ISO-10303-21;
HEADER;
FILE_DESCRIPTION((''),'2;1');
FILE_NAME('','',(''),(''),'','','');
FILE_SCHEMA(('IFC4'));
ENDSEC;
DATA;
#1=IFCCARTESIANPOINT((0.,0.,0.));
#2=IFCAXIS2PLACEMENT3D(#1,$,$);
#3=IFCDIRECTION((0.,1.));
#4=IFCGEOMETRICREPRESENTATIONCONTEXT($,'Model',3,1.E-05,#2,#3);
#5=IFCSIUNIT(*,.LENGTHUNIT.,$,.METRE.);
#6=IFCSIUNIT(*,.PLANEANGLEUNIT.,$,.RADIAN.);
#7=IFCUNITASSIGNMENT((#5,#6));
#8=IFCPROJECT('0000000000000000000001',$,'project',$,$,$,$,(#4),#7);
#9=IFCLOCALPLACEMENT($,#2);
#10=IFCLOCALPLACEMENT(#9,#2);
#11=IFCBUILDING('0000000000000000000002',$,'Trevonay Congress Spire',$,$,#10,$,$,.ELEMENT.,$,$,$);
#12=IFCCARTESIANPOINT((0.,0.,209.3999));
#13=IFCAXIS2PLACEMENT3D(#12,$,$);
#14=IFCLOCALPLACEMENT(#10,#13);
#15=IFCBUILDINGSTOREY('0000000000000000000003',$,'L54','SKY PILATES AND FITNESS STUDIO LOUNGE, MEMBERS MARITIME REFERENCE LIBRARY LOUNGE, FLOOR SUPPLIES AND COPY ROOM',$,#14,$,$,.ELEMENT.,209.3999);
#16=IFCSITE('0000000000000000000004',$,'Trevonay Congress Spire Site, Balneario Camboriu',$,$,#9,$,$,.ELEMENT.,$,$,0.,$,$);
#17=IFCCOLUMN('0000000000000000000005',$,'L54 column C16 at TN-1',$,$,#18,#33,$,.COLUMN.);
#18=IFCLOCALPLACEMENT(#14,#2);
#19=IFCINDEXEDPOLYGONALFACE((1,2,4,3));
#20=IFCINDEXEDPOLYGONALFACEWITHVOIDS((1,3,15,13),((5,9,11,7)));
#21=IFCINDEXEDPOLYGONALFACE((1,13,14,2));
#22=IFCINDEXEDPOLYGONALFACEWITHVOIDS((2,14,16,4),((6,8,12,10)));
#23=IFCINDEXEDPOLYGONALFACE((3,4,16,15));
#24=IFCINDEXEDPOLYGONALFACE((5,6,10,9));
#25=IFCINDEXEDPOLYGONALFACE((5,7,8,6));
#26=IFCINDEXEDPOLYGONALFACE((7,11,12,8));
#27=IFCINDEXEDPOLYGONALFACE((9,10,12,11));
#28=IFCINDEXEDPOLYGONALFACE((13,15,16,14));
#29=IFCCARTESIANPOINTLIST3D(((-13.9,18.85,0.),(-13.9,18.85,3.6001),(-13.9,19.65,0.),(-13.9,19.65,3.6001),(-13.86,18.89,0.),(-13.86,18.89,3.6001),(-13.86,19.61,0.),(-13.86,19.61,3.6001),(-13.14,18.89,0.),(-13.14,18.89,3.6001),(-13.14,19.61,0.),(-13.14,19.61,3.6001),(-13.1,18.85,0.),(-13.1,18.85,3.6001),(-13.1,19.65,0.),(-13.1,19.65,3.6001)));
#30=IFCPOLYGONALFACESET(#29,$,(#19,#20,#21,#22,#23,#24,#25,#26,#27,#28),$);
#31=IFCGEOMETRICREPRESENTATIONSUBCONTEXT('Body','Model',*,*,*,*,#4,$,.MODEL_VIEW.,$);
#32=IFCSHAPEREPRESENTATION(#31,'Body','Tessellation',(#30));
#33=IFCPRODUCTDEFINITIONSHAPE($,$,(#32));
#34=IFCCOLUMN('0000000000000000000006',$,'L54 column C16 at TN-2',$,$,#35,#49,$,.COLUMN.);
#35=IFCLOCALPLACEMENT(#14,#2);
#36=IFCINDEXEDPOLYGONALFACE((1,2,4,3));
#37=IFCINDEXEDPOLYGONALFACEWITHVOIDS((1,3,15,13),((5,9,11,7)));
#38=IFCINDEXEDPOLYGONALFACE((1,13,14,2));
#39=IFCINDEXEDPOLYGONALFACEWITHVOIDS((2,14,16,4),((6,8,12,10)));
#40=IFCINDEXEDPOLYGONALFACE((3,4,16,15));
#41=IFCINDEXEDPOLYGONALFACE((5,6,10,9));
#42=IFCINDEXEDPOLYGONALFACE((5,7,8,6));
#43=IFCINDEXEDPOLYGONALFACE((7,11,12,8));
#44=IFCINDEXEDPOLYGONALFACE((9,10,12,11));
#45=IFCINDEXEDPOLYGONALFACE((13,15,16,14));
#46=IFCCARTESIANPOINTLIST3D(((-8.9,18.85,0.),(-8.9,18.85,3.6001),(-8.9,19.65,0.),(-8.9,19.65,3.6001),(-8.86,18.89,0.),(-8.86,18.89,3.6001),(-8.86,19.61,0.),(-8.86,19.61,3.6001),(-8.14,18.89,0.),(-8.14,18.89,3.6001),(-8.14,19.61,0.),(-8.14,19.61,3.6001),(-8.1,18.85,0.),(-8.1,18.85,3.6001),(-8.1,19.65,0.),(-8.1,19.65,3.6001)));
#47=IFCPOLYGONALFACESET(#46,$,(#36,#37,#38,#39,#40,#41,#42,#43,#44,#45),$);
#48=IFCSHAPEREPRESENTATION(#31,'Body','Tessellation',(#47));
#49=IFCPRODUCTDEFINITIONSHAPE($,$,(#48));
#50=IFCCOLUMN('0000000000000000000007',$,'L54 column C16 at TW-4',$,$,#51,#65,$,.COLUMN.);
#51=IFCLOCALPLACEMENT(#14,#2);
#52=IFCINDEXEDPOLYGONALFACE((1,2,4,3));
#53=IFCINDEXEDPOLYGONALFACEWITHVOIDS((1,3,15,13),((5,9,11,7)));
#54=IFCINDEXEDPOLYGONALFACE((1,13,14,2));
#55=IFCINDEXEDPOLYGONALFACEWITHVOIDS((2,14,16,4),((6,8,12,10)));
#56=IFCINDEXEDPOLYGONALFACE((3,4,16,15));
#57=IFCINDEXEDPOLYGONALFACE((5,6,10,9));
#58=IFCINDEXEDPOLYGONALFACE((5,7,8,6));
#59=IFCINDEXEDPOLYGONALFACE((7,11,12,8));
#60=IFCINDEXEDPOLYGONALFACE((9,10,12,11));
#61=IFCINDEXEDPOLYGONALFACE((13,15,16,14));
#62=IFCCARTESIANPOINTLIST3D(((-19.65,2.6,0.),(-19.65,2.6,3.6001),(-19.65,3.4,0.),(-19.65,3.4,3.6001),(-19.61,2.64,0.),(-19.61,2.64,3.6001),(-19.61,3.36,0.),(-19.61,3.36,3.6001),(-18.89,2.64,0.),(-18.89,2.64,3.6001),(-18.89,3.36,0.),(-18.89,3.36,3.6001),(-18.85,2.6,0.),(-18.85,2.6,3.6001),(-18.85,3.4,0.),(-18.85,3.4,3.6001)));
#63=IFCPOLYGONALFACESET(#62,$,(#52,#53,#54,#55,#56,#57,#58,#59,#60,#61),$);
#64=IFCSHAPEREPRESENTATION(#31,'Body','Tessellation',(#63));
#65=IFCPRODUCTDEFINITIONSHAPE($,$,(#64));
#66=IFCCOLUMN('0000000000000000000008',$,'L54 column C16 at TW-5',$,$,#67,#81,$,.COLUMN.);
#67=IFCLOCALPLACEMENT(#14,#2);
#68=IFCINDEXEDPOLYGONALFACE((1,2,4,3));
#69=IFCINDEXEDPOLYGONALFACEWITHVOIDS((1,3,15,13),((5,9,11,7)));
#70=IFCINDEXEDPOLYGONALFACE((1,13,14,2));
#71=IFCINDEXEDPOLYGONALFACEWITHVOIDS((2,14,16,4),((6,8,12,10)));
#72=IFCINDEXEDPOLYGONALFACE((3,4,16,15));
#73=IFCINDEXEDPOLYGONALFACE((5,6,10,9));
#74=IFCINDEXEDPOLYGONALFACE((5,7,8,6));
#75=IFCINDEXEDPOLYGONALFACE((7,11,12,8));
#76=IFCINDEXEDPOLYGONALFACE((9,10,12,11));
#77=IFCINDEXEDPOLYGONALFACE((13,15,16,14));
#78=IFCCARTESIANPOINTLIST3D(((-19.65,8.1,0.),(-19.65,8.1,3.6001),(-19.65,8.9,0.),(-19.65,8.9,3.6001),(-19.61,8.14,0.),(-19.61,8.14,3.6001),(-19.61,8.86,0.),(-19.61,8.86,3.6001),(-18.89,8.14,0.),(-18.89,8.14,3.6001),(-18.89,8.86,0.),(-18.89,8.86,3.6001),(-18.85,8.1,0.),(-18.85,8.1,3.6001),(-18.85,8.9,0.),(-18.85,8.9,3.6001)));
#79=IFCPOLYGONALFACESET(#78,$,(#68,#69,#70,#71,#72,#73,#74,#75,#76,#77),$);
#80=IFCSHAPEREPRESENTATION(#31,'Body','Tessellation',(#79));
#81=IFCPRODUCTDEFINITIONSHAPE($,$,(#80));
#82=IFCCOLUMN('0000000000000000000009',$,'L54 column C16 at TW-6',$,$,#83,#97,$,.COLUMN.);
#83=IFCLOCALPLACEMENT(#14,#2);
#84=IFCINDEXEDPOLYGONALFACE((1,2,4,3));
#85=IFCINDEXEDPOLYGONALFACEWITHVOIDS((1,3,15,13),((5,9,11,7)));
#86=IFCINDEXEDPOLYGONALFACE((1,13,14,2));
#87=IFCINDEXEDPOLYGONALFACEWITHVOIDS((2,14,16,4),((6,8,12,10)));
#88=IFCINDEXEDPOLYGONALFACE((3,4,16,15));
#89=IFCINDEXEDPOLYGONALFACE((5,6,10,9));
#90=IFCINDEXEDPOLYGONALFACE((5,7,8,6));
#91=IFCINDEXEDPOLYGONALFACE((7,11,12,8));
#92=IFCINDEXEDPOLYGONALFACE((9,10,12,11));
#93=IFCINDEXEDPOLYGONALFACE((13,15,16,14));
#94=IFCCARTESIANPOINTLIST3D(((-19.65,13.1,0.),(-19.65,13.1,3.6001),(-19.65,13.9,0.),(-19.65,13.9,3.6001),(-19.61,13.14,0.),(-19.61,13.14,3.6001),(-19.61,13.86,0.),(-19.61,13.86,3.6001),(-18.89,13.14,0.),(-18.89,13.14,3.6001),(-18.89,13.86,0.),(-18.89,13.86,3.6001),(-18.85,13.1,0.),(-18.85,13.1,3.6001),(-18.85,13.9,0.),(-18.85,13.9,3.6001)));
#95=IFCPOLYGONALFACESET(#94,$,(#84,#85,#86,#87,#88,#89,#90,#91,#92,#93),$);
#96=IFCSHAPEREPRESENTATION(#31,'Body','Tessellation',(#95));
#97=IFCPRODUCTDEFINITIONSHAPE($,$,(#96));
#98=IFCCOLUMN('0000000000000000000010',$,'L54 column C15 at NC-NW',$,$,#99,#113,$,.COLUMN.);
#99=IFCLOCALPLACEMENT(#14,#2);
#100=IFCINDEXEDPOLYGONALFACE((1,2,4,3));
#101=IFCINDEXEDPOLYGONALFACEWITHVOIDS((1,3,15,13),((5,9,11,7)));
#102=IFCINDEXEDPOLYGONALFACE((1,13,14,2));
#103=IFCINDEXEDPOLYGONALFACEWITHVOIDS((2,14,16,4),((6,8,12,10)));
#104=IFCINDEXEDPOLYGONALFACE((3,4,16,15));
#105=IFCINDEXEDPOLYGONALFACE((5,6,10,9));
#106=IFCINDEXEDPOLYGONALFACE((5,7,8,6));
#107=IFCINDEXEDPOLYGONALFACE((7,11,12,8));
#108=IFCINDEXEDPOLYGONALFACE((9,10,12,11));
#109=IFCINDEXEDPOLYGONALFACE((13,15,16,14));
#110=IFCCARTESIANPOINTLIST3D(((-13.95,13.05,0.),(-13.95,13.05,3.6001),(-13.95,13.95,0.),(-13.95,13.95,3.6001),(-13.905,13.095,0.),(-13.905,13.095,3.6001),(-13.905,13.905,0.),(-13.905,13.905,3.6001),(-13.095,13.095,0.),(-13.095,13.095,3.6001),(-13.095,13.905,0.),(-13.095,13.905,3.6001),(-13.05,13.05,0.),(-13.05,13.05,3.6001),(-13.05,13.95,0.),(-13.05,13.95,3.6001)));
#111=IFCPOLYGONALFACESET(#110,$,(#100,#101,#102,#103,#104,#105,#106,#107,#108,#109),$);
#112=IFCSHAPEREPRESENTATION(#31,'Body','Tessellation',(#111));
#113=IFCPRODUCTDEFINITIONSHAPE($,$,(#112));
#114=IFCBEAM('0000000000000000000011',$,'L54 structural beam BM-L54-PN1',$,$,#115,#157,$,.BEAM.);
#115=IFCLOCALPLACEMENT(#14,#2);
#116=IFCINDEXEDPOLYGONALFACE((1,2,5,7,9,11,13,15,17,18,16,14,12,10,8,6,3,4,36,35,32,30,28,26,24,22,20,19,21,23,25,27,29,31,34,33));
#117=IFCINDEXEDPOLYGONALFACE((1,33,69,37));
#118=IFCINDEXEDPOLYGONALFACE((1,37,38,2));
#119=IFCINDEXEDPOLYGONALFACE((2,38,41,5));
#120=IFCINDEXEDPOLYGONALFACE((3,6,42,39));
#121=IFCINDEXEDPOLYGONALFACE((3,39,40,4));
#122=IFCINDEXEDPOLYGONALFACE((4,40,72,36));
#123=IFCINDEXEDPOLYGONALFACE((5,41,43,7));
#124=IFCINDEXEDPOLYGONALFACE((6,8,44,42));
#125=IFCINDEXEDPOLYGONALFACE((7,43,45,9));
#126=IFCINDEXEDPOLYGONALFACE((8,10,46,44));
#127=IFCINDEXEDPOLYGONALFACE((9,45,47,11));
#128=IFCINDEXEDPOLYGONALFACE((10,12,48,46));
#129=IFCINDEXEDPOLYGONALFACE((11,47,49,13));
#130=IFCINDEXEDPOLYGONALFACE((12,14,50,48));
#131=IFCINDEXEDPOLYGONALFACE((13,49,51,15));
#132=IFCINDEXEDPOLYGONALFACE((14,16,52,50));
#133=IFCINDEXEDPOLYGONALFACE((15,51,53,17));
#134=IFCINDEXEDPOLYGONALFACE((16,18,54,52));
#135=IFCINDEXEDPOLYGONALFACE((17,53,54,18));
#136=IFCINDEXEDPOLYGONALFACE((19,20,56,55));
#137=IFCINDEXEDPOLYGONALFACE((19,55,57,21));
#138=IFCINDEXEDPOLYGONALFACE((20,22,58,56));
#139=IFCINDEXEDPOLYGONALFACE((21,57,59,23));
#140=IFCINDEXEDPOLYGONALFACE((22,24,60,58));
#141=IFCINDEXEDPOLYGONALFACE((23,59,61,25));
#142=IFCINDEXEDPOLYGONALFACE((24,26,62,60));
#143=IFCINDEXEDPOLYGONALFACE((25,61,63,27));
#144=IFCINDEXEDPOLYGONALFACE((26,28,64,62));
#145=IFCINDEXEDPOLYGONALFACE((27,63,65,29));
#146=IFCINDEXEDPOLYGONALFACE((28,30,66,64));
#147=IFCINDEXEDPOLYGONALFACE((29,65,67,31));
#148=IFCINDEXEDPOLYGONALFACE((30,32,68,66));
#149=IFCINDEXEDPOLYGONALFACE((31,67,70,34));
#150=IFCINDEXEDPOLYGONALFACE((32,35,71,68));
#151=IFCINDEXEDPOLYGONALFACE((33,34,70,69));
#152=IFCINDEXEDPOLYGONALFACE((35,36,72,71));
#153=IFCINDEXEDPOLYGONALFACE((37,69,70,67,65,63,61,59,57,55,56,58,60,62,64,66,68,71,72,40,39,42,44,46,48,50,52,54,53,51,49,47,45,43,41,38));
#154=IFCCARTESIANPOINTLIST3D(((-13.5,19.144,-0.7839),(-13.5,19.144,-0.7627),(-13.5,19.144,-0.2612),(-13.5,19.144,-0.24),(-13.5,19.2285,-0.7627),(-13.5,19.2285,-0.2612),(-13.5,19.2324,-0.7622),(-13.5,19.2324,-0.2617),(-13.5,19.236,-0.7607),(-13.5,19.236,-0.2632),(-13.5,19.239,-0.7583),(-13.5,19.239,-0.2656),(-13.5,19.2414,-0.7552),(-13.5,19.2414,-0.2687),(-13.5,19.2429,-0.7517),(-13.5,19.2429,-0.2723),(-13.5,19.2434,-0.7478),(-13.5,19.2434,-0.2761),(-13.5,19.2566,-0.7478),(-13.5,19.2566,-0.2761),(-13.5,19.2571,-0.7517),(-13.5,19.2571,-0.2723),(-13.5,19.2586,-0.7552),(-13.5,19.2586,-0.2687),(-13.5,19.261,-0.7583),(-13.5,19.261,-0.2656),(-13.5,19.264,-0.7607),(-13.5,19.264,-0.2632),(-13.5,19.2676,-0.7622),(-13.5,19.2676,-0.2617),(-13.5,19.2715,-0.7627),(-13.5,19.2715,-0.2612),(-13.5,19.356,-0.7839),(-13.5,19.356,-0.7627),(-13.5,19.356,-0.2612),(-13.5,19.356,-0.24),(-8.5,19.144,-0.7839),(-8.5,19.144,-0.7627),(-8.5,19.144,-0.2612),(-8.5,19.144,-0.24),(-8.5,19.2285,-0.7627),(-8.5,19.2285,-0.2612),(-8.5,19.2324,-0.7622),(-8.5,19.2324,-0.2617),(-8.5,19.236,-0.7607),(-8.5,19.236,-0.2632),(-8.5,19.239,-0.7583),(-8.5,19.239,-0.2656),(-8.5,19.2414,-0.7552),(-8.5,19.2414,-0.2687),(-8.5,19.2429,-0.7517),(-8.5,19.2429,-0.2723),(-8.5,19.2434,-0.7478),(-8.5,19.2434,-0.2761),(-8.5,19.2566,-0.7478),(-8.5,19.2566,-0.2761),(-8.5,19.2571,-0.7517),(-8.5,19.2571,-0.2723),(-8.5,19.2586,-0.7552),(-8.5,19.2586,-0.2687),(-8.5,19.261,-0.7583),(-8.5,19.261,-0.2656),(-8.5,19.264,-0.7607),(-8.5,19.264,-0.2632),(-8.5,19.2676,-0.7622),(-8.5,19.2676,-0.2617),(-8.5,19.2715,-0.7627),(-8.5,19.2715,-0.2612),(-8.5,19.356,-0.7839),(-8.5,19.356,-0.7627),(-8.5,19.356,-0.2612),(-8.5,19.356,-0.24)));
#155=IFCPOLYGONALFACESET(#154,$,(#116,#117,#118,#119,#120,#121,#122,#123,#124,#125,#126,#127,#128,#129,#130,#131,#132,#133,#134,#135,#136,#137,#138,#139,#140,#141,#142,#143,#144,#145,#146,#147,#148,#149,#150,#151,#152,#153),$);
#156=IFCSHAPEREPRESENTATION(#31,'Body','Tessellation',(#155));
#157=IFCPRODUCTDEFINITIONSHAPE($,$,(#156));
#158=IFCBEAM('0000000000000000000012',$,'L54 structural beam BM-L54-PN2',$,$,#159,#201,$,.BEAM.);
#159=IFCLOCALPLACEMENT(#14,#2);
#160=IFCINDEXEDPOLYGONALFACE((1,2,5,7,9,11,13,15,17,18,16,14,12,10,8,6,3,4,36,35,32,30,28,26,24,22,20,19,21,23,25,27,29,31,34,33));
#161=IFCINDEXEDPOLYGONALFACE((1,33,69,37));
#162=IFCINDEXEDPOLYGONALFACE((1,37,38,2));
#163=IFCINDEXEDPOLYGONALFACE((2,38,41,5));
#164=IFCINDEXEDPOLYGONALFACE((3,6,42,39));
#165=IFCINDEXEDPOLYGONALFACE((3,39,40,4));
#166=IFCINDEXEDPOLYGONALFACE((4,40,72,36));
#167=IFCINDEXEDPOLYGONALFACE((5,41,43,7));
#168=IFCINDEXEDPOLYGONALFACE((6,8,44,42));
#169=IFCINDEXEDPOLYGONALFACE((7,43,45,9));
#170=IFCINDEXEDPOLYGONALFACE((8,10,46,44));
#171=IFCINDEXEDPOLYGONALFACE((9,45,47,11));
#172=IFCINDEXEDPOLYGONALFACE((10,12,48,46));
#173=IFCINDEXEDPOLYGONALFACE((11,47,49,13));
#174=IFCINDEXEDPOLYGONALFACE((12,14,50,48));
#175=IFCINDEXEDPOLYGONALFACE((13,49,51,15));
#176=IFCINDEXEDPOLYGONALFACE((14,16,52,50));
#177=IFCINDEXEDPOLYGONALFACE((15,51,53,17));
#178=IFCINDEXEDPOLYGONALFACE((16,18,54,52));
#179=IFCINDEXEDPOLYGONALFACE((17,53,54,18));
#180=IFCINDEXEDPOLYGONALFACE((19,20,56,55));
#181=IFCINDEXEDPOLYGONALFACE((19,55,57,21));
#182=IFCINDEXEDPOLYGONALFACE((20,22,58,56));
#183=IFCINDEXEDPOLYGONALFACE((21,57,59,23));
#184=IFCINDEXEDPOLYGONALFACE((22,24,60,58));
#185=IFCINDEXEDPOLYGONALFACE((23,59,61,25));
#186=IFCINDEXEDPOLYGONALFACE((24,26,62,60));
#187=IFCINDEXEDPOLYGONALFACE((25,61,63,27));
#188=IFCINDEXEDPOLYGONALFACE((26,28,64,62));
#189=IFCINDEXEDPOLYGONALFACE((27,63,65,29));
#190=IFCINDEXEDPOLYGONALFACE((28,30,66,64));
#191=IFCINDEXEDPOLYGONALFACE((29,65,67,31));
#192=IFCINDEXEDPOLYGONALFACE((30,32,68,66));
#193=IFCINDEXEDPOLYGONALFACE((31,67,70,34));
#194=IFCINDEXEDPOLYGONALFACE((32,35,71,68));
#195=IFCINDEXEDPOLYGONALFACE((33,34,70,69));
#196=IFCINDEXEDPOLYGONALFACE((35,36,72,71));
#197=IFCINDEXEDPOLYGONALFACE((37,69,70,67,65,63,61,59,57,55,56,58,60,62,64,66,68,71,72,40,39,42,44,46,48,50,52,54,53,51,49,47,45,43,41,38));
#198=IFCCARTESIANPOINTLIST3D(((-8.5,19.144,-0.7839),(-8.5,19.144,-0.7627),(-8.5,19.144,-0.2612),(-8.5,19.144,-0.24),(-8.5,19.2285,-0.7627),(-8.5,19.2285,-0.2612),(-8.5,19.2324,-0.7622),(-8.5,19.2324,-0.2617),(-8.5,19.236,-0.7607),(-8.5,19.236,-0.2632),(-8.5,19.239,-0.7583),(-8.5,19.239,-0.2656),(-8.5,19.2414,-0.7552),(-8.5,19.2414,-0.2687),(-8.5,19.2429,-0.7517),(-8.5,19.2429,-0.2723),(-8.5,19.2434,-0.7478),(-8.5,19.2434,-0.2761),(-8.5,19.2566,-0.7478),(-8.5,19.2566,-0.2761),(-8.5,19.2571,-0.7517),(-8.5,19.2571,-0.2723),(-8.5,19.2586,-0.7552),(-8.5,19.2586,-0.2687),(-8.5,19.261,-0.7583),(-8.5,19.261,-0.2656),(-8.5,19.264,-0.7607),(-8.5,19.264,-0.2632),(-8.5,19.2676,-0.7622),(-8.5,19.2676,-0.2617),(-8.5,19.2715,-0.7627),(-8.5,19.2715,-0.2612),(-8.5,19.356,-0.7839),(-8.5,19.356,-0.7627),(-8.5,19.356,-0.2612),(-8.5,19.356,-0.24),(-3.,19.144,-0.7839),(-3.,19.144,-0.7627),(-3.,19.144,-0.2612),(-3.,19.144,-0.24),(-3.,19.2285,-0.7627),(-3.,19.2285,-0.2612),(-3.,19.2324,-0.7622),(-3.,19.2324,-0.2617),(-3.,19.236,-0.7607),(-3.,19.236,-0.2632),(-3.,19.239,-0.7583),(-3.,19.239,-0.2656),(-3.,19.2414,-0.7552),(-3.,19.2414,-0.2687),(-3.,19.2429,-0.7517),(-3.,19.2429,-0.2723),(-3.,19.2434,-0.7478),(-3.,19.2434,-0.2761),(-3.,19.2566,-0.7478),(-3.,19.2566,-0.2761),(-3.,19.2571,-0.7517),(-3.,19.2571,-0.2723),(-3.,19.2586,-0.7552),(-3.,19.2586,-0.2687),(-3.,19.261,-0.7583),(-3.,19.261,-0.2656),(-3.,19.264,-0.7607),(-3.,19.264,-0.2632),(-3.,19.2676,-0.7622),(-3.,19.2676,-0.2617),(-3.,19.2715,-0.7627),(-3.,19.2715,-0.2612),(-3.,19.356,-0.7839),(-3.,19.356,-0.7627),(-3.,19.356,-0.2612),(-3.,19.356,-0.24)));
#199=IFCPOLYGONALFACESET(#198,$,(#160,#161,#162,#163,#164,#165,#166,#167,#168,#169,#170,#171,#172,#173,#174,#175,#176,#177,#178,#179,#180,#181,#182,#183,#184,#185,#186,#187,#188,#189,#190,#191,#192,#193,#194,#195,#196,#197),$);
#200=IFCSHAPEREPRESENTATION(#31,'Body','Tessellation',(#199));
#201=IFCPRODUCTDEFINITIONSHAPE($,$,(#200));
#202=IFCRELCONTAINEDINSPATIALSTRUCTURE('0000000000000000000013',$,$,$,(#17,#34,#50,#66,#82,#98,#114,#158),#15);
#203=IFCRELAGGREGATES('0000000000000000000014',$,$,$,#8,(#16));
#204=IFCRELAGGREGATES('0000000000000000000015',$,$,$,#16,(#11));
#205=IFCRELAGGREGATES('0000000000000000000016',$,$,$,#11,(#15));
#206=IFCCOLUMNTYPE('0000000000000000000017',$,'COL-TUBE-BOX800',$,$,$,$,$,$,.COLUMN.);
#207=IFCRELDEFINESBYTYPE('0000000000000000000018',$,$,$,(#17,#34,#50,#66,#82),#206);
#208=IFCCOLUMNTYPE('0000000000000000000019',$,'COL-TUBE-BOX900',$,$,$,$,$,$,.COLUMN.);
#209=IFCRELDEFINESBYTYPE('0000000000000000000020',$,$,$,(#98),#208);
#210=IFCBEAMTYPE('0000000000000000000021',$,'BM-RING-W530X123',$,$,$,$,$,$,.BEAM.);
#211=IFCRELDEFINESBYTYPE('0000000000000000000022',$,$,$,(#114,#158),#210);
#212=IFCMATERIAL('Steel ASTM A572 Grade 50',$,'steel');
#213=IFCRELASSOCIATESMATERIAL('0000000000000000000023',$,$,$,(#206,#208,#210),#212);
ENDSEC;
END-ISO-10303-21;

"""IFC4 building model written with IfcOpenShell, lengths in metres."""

from ifc_helpers import new_model, si_unit, direction, frame, origin, origin_2d, place, context, subcontext, project, spatial, hollow_rectangle, i_section, extrude, material, material_profile, profile_set, type_object, element, save


model = new_model("IFC4")

# Units and contexts
model_context = context("Model", 3, precision=1e-05, world=origin(), true_north=direction((0.0, 1.0)))
body_context = subcontext(model_context, "Body", "Model", "MODEL_VIEW")
ifc_project = project(units=[si_unit("LENGTHUNIT", "METRE"), si_unit("PLANEANGLEUNIT", "RADIAN")], contexts=[model_context])

# Site, building, storey
site_placement = place(None, origin())
site = spatial("IfcSite", under=ifc_project, at=site_placement, Name="Trevonay Congress Spire Site, Balneario Camboriu", CompositionType="ELEMENT", RefElevation=0.0)
building_placement = place(site_placement, origin())
building = spatial("IfcBuilding", under=site, at=building_placement, Name="Trevonay Congress Spire", CompositionType="ELEMENT")
storey_placement = place(building_placement, frame((0.0, 0.0, 209.3999)))
storey = spatial("IfcBuildingStorey", under=building, at=storey_placement, Name="L54", Description="SKY PILATES AND FITNESS STUDIO LOUNGE, MEMBERS MARITIME REFERENCE LIBRARY LOUNGE, FLOOR SUPPLIES AND COPY ROOM", CompositionType="ELEMENT", Elevation=209.3999)

# Columns
ifc_material_1 = material(Name="Steel ASTM A572 Grade 50", Category="steel")
ifc_material_profile_1 = material_profile(ifc_material_1, hollow_rectangle(XDim=0.8, YDim=0.8, WallThickness=0.04, at=origin_2d()), Name="BOX 800x800x40")
ifc_profile_set_1 = profile_set([ifc_material_profile_1], Name="Steel ASTM A572 Grade 50")
column_type_1 = type_object("IfcColumnType", Name="COL-TUBE-BOX800", PredefinedType="COLUMN", material=ifc_profile_set_1)
for number, where, z_axis, x_axis, name in (
    (1, (-13.5, 19.25, 0.0), (0.0, 0.0, 1.0), (1.0, 0.0, 0.0), "L54 column C16 at TN-1"),
    (2, (-8.5, 19.25, 0.0), (0.0, 0.0, 1.0), (1.0, 0.0, 0.0), "L54 column C16 at TN-2"),
    (3, (-19.25, 3.0, 0.0), (0.0, 0.0, 1.0), (1.0, 0.0, 0.0), "L54 column C16 at TW-4"),
    (4, (-19.25, 8.5, 0.0), (0.0, 0.0, 1.0), (1.0, 0.0, 0.0), "L54 column C16 at TW-5"),
    (5, (-19.25, 13.5, 0.0), (0.0, 0.0, 1.0), (1.0, 0.0, 0.0), "L54 column C16 at TW-6"),
):
    element("IfcColumn", number, at=place(storey_placement, frame(where, z_axis=z_axis, x_axis=x_axis)), inside=storey, type_object=column_type_1, Name=name, PredefinedType="COLUMN", context=body_context, shape_type="SweptSolid", body=[
        extrude(hollow_rectangle(XDim=0.8, YDim=0.8, WallThickness=0.04, at=origin_2d()), origin(), (0.0, 0.0, 1.0), 3.6001),
    ])
ifc_material_profile_2 = material_profile(ifc_material_1, hollow_rectangle(XDim=0.8999, YDim=0.8999, WallThickness=0.0449, at=origin_2d()), Name="BOX 900x900x45")
ifc_profile_set_2 = profile_set([ifc_material_profile_2], Name="Steel ASTM A572 Grade 50")
column_type_2 = type_object("IfcColumnType", Name="COL-TUBE-BOX900", PredefinedType="COLUMN", material=ifc_profile_set_2)
column_placement = place(storey_placement, frame((-13.5, 13.5, 0.0), z_axis=(0.0, 0.0, 1.0), x_axis=(1.0, 0.0, 0.0)))
element("IfcColumn", 6, at=column_placement, inside=storey, type_object=column_type_2, Name="L54 column C15 at NC-NW", PredefinedType="COLUMN", context=body_context, shape_type="SweptSolid", body=[
    extrude(hollow_rectangle(XDim=0.8999, YDim=0.8999, WallThickness=0.0449, at=origin_2d()), origin(), (0.0, 0.0, 1.0), 3.6001),
])

# Beams
ifc_material_profile_3 = material_profile(ifc_material_1, i_section(OverallWidth=0.2119, OverallDepth=0.5439, WebThickness=0.0132, FlangeThickness=0.0212, FilletRadius=0.0149, at=origin_2d()), Name="W530x123")
ifc_profile_set_3 = profile_set([ifc_material_profile_3], Name="Steel ASTM A572 Grade 50")
beam_type_1 = type_object("IfcBeamType", Name="BM-RING-W530X123", PredefinedType="BEAM", material=ifc_profile_set_3)
beam_1_placement = place(storey_placement, frame((-13.5, 19.25, -0.512), z_axis=(1.0, 0.0, 0.0), x_axis=(0.0, 1.0, 0.0)))
element("IfcBeam", 7, at=beam_1_placement, inside=storey, type_object=beam_type_1, Name="L54 structural beam BM-L54-PN1", PredefinedType="BEAM", context=body_context, shape_type="SweptSolid", body=[
    extrude(i_section(OverallWidth=0.2119, OverallDepth=0.5439, WebThickness=0.0132, FlangeThickness=0.0212, FilletRadius=0.0149, at=origin_2d()), origin(), (0.0, 0.0, 1.0), 5.0),
])
for number, where, z_axis, x_axis, name in (
    (8, (-8.5, 19.25, -0.512), (1.0, 0.0, 0.0), (0.0, 1.0, 0.0), "L54 structural beam BM-L54-PN2"),
):
    element("IfcBeam", number, at=place(storey_placement, frame(where, z_axis=z_axis, x_axis=x_axis)), inside=storey, type_object=beam_type_1, Name=name, PredefinedType="BEAM", context=body_context, shape_type="SweptSolid", body=[
        extrude(i_section(OverallWidth=0.2119, OverallDepth=0.5439, WebThickness=0.0132, FlangeThickness=0.0212, FilletRadius=0.0149, at=origin_2d()), origin(), (0.0, 0.0, 1.0), 5.5),
    ])

save(model, "model.ifc")
